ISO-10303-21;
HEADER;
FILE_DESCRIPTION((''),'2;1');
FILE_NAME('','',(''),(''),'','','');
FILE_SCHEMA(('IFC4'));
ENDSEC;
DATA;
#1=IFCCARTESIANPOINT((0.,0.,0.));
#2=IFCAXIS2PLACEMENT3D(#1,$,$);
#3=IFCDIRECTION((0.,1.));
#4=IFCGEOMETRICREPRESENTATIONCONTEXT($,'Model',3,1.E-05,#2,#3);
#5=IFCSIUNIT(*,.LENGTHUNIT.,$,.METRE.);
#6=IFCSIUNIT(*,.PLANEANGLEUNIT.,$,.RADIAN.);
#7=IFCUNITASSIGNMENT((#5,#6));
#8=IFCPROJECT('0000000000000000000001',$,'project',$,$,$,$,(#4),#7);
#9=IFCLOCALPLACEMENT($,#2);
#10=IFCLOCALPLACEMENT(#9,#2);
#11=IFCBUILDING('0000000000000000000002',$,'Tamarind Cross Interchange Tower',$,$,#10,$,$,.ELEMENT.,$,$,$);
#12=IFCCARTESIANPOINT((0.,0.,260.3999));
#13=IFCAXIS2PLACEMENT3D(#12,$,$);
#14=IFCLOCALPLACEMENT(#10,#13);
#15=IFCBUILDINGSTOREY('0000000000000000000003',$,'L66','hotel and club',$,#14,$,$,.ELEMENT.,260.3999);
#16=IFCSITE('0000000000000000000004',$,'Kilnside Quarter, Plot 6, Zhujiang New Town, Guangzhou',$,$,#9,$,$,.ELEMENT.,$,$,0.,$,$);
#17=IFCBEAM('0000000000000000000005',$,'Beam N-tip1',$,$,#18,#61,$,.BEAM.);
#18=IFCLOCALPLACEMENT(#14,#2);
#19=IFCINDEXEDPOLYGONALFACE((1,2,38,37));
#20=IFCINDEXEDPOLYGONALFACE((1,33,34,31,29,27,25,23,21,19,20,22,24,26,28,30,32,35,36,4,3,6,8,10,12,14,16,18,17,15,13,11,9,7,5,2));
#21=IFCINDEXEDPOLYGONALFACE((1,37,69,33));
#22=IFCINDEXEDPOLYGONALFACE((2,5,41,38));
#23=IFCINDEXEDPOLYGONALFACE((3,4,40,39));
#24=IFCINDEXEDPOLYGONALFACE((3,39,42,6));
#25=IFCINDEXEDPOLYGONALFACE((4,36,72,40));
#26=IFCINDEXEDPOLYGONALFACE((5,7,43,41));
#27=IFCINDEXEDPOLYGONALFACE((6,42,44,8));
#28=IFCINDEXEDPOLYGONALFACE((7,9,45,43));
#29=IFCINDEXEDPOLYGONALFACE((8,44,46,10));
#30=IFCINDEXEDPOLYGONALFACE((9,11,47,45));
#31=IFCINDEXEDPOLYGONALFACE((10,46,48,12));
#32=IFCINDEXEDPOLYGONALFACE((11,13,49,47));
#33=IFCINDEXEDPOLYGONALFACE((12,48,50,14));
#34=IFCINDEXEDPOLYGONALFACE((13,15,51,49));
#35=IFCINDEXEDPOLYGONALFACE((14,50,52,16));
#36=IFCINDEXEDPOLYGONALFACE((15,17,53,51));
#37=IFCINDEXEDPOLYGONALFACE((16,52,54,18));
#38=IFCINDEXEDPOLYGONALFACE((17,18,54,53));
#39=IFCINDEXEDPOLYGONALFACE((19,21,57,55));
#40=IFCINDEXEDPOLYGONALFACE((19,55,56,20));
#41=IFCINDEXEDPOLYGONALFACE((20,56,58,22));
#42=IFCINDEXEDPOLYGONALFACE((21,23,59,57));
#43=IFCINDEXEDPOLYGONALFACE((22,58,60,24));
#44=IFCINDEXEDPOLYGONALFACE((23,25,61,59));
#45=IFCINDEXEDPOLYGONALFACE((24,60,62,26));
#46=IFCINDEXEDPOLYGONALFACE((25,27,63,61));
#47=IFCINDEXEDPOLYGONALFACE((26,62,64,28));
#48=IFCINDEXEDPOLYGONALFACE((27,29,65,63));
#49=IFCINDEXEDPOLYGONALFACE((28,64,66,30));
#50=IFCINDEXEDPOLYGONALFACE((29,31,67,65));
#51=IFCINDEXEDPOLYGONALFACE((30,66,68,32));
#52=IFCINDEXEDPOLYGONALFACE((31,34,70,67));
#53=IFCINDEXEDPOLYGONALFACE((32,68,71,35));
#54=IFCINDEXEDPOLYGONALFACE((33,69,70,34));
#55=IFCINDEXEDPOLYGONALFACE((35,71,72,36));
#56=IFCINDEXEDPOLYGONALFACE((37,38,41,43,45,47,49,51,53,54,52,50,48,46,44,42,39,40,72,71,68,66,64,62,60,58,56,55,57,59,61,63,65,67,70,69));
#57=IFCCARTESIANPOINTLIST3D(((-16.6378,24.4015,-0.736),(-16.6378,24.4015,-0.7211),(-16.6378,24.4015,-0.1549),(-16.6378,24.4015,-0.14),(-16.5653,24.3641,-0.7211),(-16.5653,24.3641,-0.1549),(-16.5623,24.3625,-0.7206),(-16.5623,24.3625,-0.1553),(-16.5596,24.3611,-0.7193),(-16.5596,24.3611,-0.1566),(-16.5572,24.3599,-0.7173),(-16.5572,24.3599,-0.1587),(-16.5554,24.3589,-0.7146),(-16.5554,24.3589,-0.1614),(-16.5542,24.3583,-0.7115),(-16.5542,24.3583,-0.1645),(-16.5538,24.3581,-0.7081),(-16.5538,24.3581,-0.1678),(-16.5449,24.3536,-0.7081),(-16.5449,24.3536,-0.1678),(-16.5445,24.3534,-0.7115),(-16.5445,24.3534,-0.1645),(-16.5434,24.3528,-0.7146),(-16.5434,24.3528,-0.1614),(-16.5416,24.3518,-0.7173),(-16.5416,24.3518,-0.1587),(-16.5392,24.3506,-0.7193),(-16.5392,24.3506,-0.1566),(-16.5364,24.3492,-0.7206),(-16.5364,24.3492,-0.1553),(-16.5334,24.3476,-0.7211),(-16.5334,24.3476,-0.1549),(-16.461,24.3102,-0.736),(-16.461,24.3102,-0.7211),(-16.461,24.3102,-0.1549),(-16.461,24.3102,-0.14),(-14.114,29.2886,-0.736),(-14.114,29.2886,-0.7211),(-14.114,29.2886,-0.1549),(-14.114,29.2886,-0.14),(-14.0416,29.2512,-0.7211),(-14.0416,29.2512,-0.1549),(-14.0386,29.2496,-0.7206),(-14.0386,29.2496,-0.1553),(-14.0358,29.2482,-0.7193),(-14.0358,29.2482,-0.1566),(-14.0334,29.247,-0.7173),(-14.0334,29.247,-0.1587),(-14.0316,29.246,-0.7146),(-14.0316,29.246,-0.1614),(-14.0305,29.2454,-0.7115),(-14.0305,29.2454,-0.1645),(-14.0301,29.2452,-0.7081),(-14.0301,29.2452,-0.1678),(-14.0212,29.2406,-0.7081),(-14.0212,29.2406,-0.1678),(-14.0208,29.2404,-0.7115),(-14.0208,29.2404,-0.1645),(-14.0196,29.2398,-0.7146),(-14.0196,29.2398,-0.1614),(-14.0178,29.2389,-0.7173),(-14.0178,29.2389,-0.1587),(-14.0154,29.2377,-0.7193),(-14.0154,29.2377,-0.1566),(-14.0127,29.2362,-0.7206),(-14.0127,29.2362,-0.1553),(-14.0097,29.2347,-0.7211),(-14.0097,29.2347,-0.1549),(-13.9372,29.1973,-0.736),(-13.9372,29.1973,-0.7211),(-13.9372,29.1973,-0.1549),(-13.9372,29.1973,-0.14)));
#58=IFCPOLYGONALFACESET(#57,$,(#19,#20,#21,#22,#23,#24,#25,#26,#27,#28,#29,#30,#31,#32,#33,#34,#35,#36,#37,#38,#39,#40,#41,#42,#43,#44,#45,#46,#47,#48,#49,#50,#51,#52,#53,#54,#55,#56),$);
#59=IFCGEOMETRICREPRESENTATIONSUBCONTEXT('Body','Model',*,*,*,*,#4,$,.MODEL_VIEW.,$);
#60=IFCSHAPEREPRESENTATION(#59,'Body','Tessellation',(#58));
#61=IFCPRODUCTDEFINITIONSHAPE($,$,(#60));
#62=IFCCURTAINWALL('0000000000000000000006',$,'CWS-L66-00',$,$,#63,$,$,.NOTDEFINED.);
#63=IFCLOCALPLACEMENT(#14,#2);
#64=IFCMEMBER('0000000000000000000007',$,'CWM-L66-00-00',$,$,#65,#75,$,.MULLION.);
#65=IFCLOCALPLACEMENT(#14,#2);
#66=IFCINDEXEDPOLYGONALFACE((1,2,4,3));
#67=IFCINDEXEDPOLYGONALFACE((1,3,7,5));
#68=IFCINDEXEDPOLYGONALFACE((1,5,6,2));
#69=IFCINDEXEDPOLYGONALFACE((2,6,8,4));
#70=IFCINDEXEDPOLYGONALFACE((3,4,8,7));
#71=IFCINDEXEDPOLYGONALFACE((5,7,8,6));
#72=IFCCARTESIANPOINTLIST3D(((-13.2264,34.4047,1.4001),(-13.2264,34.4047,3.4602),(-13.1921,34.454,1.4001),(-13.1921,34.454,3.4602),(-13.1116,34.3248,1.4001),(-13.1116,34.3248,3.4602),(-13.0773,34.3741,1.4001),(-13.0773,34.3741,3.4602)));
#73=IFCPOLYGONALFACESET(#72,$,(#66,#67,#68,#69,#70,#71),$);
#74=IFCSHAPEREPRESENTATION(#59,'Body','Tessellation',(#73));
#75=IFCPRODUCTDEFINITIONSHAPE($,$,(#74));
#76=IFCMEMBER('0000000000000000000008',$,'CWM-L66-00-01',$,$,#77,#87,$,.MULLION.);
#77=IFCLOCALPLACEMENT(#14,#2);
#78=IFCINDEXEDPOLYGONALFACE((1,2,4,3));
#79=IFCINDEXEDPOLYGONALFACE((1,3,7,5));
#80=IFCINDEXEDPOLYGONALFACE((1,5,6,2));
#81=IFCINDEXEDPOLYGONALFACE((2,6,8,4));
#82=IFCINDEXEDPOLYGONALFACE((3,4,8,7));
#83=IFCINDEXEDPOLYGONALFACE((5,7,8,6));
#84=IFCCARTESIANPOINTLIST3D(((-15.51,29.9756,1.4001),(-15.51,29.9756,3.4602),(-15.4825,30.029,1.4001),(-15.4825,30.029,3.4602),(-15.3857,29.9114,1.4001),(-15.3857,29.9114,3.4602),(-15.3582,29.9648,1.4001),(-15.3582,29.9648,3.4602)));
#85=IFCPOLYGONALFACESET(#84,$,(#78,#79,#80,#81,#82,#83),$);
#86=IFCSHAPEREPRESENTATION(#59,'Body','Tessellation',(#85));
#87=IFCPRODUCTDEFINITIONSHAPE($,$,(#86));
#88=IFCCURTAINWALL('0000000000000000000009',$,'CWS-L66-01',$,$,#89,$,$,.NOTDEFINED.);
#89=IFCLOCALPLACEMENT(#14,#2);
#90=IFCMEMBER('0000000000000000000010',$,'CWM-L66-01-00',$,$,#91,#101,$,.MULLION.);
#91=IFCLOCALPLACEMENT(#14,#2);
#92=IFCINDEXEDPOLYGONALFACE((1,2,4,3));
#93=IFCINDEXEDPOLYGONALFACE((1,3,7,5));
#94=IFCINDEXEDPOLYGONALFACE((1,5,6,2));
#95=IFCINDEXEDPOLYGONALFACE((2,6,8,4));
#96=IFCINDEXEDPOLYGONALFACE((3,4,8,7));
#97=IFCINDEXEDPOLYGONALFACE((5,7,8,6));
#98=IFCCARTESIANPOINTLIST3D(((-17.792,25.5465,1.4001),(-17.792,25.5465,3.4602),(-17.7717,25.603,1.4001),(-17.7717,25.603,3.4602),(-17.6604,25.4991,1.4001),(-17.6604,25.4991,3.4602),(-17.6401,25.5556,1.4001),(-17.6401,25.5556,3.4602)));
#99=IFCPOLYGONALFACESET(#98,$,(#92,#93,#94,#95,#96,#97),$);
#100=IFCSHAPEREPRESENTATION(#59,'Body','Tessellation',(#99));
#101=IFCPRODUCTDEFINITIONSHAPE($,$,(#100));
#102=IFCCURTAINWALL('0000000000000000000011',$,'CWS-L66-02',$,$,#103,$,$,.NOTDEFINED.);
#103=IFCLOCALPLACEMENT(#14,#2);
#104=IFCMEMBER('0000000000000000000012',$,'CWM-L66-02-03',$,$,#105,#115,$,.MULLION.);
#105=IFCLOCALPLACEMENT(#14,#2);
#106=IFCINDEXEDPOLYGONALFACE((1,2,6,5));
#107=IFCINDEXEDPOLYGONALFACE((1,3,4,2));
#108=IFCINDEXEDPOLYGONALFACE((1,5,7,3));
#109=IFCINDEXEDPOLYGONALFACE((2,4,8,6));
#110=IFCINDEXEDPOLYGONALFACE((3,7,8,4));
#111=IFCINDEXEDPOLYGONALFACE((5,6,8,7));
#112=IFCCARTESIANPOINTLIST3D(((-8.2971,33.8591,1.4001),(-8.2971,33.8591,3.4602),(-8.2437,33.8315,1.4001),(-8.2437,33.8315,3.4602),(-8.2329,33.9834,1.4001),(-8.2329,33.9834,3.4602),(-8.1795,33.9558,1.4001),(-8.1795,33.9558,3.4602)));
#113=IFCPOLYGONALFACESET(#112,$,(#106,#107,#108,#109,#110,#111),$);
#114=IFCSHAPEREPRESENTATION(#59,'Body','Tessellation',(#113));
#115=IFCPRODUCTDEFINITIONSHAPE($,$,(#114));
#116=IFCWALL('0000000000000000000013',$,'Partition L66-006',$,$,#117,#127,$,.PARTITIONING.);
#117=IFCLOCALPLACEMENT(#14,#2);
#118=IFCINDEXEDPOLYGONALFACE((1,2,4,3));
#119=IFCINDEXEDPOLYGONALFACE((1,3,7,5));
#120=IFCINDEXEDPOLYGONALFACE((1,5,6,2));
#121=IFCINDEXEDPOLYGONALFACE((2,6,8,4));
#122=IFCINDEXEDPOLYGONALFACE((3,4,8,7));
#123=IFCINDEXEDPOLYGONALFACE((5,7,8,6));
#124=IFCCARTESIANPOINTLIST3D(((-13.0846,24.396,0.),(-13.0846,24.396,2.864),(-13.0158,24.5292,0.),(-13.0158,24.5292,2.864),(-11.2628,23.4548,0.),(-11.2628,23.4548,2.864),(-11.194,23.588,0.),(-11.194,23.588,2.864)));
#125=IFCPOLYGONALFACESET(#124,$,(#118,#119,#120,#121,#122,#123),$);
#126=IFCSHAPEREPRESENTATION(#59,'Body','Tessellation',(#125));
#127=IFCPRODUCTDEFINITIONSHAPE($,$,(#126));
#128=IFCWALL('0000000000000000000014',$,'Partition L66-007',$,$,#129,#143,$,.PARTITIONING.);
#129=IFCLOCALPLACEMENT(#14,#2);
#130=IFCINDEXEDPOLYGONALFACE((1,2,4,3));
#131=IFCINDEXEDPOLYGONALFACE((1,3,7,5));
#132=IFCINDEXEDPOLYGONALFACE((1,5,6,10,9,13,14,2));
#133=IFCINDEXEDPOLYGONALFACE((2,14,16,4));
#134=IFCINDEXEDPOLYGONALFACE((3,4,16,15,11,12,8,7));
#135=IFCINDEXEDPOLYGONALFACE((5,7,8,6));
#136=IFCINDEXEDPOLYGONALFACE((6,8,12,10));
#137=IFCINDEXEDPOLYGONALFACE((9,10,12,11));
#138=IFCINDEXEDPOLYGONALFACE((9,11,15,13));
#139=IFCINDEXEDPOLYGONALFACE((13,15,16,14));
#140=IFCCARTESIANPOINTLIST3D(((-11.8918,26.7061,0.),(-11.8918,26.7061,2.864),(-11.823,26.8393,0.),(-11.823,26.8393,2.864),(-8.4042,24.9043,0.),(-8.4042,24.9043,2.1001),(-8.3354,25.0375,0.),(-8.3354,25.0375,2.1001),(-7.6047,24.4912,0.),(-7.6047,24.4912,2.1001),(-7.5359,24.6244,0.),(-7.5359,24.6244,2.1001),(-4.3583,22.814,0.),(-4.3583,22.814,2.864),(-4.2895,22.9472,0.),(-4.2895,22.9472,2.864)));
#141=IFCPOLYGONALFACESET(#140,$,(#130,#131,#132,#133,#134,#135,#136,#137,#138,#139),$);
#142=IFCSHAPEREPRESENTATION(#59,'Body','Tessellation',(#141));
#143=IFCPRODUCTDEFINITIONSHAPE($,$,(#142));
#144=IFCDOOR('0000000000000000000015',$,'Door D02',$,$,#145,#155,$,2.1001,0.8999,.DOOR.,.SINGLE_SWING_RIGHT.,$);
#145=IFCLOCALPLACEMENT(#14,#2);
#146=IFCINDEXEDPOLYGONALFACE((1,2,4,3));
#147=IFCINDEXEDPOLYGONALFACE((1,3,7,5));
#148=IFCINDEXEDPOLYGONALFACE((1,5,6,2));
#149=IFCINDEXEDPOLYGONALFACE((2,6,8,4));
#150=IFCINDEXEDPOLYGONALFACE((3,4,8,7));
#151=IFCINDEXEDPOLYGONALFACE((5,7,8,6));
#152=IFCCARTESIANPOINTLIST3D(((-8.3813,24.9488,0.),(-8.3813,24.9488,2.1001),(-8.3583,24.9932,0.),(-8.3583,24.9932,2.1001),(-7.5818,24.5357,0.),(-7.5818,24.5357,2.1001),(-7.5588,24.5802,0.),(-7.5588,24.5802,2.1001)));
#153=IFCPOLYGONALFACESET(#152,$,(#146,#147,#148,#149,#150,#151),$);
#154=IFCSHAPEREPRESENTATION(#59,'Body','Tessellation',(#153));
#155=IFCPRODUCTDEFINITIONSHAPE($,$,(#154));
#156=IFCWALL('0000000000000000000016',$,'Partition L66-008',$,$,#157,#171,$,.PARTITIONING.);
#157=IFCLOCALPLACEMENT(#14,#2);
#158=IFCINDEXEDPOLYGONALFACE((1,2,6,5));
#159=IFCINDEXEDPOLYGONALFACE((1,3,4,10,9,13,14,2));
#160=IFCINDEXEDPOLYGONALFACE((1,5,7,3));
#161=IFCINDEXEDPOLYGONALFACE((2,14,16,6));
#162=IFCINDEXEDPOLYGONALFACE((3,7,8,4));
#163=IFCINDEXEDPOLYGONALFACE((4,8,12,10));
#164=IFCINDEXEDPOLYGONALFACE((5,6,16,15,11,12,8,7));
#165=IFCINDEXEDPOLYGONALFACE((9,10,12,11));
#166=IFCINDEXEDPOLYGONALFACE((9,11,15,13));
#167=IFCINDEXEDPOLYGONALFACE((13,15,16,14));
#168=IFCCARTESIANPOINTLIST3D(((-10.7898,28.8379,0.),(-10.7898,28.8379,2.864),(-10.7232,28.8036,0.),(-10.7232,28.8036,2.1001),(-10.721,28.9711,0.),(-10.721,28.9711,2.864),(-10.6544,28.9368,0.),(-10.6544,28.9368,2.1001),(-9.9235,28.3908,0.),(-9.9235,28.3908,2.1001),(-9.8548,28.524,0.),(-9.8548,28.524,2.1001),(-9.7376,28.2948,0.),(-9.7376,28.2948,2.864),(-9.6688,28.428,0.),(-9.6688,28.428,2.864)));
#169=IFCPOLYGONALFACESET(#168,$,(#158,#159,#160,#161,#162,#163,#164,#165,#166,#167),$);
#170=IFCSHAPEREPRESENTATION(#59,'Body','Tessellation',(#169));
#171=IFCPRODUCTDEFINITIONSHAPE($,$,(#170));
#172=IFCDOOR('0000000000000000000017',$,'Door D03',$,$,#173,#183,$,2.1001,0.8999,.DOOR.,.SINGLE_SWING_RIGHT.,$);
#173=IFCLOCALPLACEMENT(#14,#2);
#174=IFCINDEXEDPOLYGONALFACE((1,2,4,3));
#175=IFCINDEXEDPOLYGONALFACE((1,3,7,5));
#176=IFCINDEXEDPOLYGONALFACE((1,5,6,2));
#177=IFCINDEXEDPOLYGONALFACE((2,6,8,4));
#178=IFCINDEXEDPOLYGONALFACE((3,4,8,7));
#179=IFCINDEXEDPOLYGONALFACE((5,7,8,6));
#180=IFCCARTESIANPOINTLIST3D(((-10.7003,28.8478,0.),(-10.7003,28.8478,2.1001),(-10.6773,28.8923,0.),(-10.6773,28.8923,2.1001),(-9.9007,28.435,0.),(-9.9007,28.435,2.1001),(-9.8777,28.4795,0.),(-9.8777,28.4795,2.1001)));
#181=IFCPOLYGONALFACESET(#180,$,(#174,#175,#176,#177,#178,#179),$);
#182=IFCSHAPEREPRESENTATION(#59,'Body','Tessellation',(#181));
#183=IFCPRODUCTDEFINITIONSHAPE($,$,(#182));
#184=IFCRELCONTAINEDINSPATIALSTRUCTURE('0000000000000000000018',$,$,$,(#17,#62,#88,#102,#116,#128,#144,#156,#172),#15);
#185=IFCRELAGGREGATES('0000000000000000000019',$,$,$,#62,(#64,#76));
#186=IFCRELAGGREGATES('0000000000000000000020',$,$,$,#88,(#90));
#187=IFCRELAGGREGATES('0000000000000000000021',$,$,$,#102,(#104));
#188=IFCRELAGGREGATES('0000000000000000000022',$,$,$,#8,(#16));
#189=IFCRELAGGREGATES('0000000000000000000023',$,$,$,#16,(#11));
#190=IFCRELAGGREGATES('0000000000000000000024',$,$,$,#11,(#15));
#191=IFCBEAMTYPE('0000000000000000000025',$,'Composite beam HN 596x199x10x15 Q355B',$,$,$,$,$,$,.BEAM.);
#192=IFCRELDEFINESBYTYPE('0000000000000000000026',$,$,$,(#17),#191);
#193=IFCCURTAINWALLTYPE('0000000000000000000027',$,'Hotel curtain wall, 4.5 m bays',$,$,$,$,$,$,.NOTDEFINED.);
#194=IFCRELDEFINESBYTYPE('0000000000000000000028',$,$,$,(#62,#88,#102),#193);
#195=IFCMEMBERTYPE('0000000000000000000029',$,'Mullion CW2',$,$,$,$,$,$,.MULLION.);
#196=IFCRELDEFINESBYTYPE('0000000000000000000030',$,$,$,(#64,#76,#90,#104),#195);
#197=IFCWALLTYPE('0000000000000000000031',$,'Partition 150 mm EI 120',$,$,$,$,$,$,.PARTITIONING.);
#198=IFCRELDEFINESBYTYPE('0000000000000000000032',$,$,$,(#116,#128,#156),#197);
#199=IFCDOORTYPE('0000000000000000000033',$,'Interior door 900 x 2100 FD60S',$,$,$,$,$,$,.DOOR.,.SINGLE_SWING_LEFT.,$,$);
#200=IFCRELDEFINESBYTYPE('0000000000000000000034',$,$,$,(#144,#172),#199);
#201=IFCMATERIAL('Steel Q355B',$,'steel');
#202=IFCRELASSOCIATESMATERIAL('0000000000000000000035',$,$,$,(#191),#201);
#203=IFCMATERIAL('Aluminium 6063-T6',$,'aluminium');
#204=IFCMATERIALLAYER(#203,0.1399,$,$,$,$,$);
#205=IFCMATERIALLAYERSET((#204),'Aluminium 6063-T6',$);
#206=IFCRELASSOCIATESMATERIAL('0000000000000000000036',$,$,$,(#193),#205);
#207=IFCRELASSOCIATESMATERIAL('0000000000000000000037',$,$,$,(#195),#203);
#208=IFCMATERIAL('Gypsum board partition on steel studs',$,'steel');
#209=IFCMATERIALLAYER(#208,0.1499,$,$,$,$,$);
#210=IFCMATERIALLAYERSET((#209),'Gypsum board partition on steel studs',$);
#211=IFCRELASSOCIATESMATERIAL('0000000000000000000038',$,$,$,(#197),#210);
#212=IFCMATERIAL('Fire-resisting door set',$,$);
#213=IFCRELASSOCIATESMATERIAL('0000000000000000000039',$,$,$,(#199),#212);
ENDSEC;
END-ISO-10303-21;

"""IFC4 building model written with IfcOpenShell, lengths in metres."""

from ifc_helpers import new_model, si_unit, direction, frame, frame_2d, origin, origin_2d, place, context, subcontext, project, spatial, rectangle, i_section, extrude, material, layer, layer_set, material_profile, profile_set, type_object, element, fill, aggregate, save


model = new_model("IFC4")

# Units and contexts
model_context = context("Model", 3, precision=1e-05, world=origin(), true_north=direction((0.0, 1.0)))
body_context = subcontext(model_context, "Body", "Model", "MODEL_VIEW")
ifc_project = project(units=[si_unit("LENGTHUNIT", "METRE"), si_unit("PLANEANGLEUNIT", "RADIAN")], contexts=[model_context])

# Site, building, storey
site_placement = place(None, origin())
site = spatial("IfcSite", under=ifc_project, at=site_placement, Name="Kilnside Quarter, Plot 6, Zhujiang New Town, Guangzhou", CompositionType="ELEMENT", RefElevation=0.0)
building_placement = place(site_placement, origin())
building = spatial("IfcBuilding", under=site, at=building_placement, Name="Tamarind Cross Interchange Tower", CompositionType="ELEMENT")
storey_placement = place(building_placement, frame((0.0, 0.0, 260.3999)))
storey = spatial("IfcBuildingStorey", under=building, at=storey_placement, Name="L66", Description="hotel and club", CompositionType="ELEMENT", Elevation=260.3999)

# Beam
ifc_material_1 = material(Name="Steel Q355B", Category="steel")
ifc_material_profile_1 = material_profile(ifc_material_1, i_section(OverallWidth=0.199, OverallDepth=0.5959, WebThickness=0.01, FlangeThickness=0.0149, FilletRadius=0.0129, at=origin_2d()), Name="HN 596x199x10x15")
ifc_profile_set_1 = profile_set([ifc_material_profile_1], Name="Steel Q355B")
beam_type_1 = type_object("IfcBeamType", Name="Composite beam HN 596x199x10x15 Q355B", PredefinedType="BEAM", material=ifc_profile_set_1)
beam_1_placement = place(storey_placement, frame((-14.0256, 29.2429, -0.438), z_axis=(-0.458841, -0.888519, 0.0), x_axis=(0.888519, -0.458841, 0.0)))
element("IfcBeam", 1, at=beam_1_placement, inside=storey, type_object=beam_type_1, Name="Beam N-tip1", PredefinedType="BEAM", context=body_context, shape_type="SweptSolid", body=[
    extrude(i_section(OverallWidth=0.199, OverallDepth=0.5959, WebThickness=0.01, FlangeThickness=0.0149, FilletRadius=0.0129, at=origin_2d()), origin(), (0.0, 0.0, 1.0), 5.5002),
])

# Curtain wall, members
ifc_material_2 = material(Name="Aluminium 6063-T6", Category="aluminium")
ifc_layer_1 = layer(ifc_material_2, 0.1399)
ifc_layer_set_1 = layer_set([ifc_layer_1], Name="Aluminium 6063-T6")
curtain_wall_type = type_object("IfcCurtainWallType", Name="Hotel curtain wall, 4.5 m bays", PredefinedType="NOTDEFINED", material=ifc_layer_set_1)
curtain_wall_1_placement = place(storey_placement, origin())
curtain_wall_1 = element("IfcCurtainWall", 2, at=curtain_wall_1_placement, inside=storey, type_object=curtain_wall_type, Name="CWS-L66-00", PredefinedType="NOTDEFINED")
ifc_material_profile_2 = material_profile(ifc_material_2, rectangle(XDim=0.0601, YDim=0.1399, at=origin_2d()), Name="Mullion CW2")
ifc_profile_set_2 = profile_set([ifc_material_profile_2], Name="Aluminium 6063-T6")
member_type = type_object("IfcMemberType", Name="Mullion CW2", PredefinedType="MULLION", material=ifc_profile_set_2)
member_1_placement = place(storey_placement, frame((-13.1519, 34.3894, 1.4001), z_axis=(0.0, 0.0, 1.0), x_axis=(-0.570886, -0.82103, 0.0)))
member_1 = element("IfcMember", 3, at=member_1_placement, type_object=member_type, Name="CWM-L66-00-00", PredefinedType="MULLION", context=body_context, shape_type="SweptSolid", body=[
    extrude(rectangle(XDim=0.0601, YDim=0.1399, at=origin_2d()), origin(), (0.0, 0.0, 1.0), 2.0601),
])
member_2_placement = place(storey_placement, frame((-15.4341, 29.9702, 1.4001), z_axis=(0.0, 0.0, 1.0), x_axis=(-0.458836, -0.888521, 0.0)))
member_2 = element("IfcMember", 4, at=member_2_placement, type_object=member_type, Name="CWM-L66-00-01", PredefinedType="MULLION", context=body_context, shape_type="SweptSolid", body=[
    extrude(rectangle(XDim=0.0601, YDim=0.1399, at=origin_2d()), origin(), (0.0, 0.0, 1.0), 2.0601),
])
aggregate(curtain_wall_1, [member_1, member_2])

# Curtain walls, members
curtain_wall_2_placement = place(storey_placement, origin())
curtain_wall_2 = element("IfcCurtainWall", 5, at=curtain_wall_2_placement, inside=storey, type_object=curtain_wall_type, Name="CWS-L66-01", PredefinedType="NOTDEFINED")
member_3_placement = place(storey_placement, frame((-17.7161, 25.551, 1.4001), z_axis=(0.0, 0.0, 1.0), x_axis=(-0.338935, -0.94081, 0.0)))
member_3 = element("IfcMember", 6, at=member_3_placement, type_object=member_type, Name="CWM-L66-01-00", PredefinedType="MULLION", context=body_context, shape_type="SweptSolid", body=[
    extrude(rectangle(XDim=0.0601, YDim=0.1399, at=origin_2d()), origin(), (0.0, 0.0, 1.0), 2.0601),
])
aggregate(curtain_wall_2, [member_3])
curtain_wall_3_placement = place(storey_placement, origin())
curtain_wall_3 = element("IfcCurtainWall", 7, at=curtain_wall_3_placement, inside=storey, type_object=curtain_wall_type, Name="CWS-L66-02", PredefinedType="NOTDEFINED")
member_4_placement = place(storey_placement, frame((-8.2383, 33.9075, 1.4001), z_axis=(0.0, 0.0, 1.0), x_axis=(-0.888521, 0.458836, 0.0)))
member_4 = element("IfcMember", 8, at=member_4_placement, type_object=member_type, Name="CWM-L66-02-03", PredefinedType="MULLION", context=body_context, shape_type="SweptSolid", body=[
    extrude(rectangle(XDim=0.0601, YDim=0.1399, at=origin_2d()), origin(), (0.0, 0.0, 1.0), 2.0601),
])
aggregate(curtain_wall_3, [member_4])

# Wall
ifc_material_3 = material(Name="Gypsum board partition on steel studs", Category="steel")
ifc_layer_2 = layer(ifc_material_3, 0.1499)
ifc_layer_set_2 = layer_set([ifc_layer_2], Name="Gypsum board partition on steel studs")
wall_type = type_object("IfcWallType", Name="Partition 150 mm EI 120", PredefinedType="PARTITIONING", material=ifc_layer_set_2)
wall_1_placement = place(storey_placement, frame((-13.0503, 24.4626, 0.0), z_axis=(0.0, 0.0, 1.0), x_axis=(0.888444, -0.458986, 0.0)))
element("IfcWall", 9, at=wall_1_placement, inside=storey, type_object=wall_type, Name="Partition L66-006", PredefinedType="PARTITIONING", context=body_context, shape_type="SweptSolid", body=[
    extrude(rectangle(XDim=2.0505, YDim=0.1499, at=frame_2d((1.0254, 0.0))), origin(), (0.0, 0.0, 1.0), 2.864),
])

# Walls, openings, doors
wall_2_placement = place(storey_placement, frame((-11.8574, 26.7727, 0.0), z_axis=(0.0, 0.0, 1.0), x_axis=(0.888435, -0.459002, 0.0)))
wall_2 = element("IfcWall", 10, at=wall_2_placement, inside=storey, type_object=wall_type, Name="Partition L66-007", PredefinedType="PARTITIONING", context=body_context, shape_type="SweptSolid", body=[
    extrude(rectangle(XDim=8.4795, YDim=0.1499, at=frame_2d((4.2397, 0.0))), origin(), (0.0, 0.0, 1.0), 2.864),
])
opening_1_placement = place(wall_2_placement, frame((3.9255, 0.0, 0.0)))
opening_1 = element("IfcOpeningElement", 11, at=opening_1_placement, cuts=wall_2, PredefinedType="OPENING", context=body_context, shape_type="SweptSolid", body=[
    extrude(rectangle(XDim=0.8999, YDim=2.1001, at=frame_2d((0.45, 1.05))), frame((0.0, 0.085, 0.0), z_axis=(0.0, -1.0, 0.0), x_axis=(1.0, 0.0, 0.0)), (0.0, 0.0, 1.0), 0.1699),
])
ifc_material_4 = material(Name="Fire-resisting door set")
door_type = type_object("IfcDoorType", Name="Interior door 900 x 2100 FD60S", OperationType="SINGLE_SWING_LEFT", PredefinedType="DOOR", material=ifc_material_4)
door_1_placement = place(opening_1_placement, frame((0.8999, 0.0, 0.0), z_axis=(0.0, 0.0, 1.0), x_axis=(-1.0, 0.0, 0.0)))
door_1 = element("IfcDoor", 12, at=door_1_placement, inside=storey, type_object=door_type, Name="Door D02", OperationType="SINGLE_SWING_RIGHT", OverallHeight=2.1001, OverallWidth=0.8999, PredefinedType="DOOR", context=body_context, shape_type="SweptSolid", body=[
    extrude(rectangle(XDim=0.8999, YDim=2.1001, at=frame_2d((0.45, 1.05))), frame((0.0, 0.0249, 0.0), z_axis=(0.0, -1.0, 0.0), x_axis=(1.0, 0.0, 0.0)), (0.0, 0.0, 1.0), 0.05),
])
fill(opening_1, door_1)
wall_3_placement = place(storey_placement, frame((-10.7554, 28.9045, 0.0), z_axis=(0.0, 0.0, 1.0), x_axis=(0.88858, -0.458722, 0.0)))
wall_3 = element("IfcWall", 13, at=wall_3_placement, inside=storey, type_object=wall_type, Name="Partition L66-008", PredefinedType="PARTITIONING", context=body_context, shape_type="SweptSolid", body=[
    extrude(rectangle(XDim=1.1841, YDim=0.1499, at=frame_2d((0.592, 0.0))), origin(), (0.0, 0.0, 1.0), 2.864),
])
opening_2_placement = place(wall_3_placement, frame((0.075, 0.0, 0.0)))
opening_2 = element("IfcOpeningElement", 14, at=opening_2_placement, cuts=wall_3, PredefinedType="OPENING", context=body_context, shape_type="SweptSolid", body=[
    extrude(rectangle(XDim=0.8999, YDim=2.1001, at=frame_2d((0.45, 1.05))), frame((0.0, 0.085, 0.0), z_axis=(0.0, -1.0, 0.0), x_axis=(1.0, 0.0, 0.0)), (0.0, 0.0, 1.0), 0.1699),
])
door_2_placement = place(opening_2_placement, origin())
door_2 = element("IfcDoor", 15, at=door_2_placement, inside=storey, type_object=door_type, Name="Door D03", OperationType="SINGLE_SWING_RIGHT", OverallHeight=2.1001, OverallWidth=0.8999, PredefinedType="DOOR", context=body_context, shape_type="SweptSolid", body=[
    extrude(rectangle(XDim=0.8999, YDim=2.1001, at=frame_2d((0.45, 1.05))), frame((0.0, 0.0249, 0.0), z_axis=(0.0, -1.0, 0.0), x_axis=(1.0, 0.0, 0.0)), (0.0, 0.0, 1.0), 0.05),
])
fill(opening_2, door_2)

save(model, "model.ifc")
